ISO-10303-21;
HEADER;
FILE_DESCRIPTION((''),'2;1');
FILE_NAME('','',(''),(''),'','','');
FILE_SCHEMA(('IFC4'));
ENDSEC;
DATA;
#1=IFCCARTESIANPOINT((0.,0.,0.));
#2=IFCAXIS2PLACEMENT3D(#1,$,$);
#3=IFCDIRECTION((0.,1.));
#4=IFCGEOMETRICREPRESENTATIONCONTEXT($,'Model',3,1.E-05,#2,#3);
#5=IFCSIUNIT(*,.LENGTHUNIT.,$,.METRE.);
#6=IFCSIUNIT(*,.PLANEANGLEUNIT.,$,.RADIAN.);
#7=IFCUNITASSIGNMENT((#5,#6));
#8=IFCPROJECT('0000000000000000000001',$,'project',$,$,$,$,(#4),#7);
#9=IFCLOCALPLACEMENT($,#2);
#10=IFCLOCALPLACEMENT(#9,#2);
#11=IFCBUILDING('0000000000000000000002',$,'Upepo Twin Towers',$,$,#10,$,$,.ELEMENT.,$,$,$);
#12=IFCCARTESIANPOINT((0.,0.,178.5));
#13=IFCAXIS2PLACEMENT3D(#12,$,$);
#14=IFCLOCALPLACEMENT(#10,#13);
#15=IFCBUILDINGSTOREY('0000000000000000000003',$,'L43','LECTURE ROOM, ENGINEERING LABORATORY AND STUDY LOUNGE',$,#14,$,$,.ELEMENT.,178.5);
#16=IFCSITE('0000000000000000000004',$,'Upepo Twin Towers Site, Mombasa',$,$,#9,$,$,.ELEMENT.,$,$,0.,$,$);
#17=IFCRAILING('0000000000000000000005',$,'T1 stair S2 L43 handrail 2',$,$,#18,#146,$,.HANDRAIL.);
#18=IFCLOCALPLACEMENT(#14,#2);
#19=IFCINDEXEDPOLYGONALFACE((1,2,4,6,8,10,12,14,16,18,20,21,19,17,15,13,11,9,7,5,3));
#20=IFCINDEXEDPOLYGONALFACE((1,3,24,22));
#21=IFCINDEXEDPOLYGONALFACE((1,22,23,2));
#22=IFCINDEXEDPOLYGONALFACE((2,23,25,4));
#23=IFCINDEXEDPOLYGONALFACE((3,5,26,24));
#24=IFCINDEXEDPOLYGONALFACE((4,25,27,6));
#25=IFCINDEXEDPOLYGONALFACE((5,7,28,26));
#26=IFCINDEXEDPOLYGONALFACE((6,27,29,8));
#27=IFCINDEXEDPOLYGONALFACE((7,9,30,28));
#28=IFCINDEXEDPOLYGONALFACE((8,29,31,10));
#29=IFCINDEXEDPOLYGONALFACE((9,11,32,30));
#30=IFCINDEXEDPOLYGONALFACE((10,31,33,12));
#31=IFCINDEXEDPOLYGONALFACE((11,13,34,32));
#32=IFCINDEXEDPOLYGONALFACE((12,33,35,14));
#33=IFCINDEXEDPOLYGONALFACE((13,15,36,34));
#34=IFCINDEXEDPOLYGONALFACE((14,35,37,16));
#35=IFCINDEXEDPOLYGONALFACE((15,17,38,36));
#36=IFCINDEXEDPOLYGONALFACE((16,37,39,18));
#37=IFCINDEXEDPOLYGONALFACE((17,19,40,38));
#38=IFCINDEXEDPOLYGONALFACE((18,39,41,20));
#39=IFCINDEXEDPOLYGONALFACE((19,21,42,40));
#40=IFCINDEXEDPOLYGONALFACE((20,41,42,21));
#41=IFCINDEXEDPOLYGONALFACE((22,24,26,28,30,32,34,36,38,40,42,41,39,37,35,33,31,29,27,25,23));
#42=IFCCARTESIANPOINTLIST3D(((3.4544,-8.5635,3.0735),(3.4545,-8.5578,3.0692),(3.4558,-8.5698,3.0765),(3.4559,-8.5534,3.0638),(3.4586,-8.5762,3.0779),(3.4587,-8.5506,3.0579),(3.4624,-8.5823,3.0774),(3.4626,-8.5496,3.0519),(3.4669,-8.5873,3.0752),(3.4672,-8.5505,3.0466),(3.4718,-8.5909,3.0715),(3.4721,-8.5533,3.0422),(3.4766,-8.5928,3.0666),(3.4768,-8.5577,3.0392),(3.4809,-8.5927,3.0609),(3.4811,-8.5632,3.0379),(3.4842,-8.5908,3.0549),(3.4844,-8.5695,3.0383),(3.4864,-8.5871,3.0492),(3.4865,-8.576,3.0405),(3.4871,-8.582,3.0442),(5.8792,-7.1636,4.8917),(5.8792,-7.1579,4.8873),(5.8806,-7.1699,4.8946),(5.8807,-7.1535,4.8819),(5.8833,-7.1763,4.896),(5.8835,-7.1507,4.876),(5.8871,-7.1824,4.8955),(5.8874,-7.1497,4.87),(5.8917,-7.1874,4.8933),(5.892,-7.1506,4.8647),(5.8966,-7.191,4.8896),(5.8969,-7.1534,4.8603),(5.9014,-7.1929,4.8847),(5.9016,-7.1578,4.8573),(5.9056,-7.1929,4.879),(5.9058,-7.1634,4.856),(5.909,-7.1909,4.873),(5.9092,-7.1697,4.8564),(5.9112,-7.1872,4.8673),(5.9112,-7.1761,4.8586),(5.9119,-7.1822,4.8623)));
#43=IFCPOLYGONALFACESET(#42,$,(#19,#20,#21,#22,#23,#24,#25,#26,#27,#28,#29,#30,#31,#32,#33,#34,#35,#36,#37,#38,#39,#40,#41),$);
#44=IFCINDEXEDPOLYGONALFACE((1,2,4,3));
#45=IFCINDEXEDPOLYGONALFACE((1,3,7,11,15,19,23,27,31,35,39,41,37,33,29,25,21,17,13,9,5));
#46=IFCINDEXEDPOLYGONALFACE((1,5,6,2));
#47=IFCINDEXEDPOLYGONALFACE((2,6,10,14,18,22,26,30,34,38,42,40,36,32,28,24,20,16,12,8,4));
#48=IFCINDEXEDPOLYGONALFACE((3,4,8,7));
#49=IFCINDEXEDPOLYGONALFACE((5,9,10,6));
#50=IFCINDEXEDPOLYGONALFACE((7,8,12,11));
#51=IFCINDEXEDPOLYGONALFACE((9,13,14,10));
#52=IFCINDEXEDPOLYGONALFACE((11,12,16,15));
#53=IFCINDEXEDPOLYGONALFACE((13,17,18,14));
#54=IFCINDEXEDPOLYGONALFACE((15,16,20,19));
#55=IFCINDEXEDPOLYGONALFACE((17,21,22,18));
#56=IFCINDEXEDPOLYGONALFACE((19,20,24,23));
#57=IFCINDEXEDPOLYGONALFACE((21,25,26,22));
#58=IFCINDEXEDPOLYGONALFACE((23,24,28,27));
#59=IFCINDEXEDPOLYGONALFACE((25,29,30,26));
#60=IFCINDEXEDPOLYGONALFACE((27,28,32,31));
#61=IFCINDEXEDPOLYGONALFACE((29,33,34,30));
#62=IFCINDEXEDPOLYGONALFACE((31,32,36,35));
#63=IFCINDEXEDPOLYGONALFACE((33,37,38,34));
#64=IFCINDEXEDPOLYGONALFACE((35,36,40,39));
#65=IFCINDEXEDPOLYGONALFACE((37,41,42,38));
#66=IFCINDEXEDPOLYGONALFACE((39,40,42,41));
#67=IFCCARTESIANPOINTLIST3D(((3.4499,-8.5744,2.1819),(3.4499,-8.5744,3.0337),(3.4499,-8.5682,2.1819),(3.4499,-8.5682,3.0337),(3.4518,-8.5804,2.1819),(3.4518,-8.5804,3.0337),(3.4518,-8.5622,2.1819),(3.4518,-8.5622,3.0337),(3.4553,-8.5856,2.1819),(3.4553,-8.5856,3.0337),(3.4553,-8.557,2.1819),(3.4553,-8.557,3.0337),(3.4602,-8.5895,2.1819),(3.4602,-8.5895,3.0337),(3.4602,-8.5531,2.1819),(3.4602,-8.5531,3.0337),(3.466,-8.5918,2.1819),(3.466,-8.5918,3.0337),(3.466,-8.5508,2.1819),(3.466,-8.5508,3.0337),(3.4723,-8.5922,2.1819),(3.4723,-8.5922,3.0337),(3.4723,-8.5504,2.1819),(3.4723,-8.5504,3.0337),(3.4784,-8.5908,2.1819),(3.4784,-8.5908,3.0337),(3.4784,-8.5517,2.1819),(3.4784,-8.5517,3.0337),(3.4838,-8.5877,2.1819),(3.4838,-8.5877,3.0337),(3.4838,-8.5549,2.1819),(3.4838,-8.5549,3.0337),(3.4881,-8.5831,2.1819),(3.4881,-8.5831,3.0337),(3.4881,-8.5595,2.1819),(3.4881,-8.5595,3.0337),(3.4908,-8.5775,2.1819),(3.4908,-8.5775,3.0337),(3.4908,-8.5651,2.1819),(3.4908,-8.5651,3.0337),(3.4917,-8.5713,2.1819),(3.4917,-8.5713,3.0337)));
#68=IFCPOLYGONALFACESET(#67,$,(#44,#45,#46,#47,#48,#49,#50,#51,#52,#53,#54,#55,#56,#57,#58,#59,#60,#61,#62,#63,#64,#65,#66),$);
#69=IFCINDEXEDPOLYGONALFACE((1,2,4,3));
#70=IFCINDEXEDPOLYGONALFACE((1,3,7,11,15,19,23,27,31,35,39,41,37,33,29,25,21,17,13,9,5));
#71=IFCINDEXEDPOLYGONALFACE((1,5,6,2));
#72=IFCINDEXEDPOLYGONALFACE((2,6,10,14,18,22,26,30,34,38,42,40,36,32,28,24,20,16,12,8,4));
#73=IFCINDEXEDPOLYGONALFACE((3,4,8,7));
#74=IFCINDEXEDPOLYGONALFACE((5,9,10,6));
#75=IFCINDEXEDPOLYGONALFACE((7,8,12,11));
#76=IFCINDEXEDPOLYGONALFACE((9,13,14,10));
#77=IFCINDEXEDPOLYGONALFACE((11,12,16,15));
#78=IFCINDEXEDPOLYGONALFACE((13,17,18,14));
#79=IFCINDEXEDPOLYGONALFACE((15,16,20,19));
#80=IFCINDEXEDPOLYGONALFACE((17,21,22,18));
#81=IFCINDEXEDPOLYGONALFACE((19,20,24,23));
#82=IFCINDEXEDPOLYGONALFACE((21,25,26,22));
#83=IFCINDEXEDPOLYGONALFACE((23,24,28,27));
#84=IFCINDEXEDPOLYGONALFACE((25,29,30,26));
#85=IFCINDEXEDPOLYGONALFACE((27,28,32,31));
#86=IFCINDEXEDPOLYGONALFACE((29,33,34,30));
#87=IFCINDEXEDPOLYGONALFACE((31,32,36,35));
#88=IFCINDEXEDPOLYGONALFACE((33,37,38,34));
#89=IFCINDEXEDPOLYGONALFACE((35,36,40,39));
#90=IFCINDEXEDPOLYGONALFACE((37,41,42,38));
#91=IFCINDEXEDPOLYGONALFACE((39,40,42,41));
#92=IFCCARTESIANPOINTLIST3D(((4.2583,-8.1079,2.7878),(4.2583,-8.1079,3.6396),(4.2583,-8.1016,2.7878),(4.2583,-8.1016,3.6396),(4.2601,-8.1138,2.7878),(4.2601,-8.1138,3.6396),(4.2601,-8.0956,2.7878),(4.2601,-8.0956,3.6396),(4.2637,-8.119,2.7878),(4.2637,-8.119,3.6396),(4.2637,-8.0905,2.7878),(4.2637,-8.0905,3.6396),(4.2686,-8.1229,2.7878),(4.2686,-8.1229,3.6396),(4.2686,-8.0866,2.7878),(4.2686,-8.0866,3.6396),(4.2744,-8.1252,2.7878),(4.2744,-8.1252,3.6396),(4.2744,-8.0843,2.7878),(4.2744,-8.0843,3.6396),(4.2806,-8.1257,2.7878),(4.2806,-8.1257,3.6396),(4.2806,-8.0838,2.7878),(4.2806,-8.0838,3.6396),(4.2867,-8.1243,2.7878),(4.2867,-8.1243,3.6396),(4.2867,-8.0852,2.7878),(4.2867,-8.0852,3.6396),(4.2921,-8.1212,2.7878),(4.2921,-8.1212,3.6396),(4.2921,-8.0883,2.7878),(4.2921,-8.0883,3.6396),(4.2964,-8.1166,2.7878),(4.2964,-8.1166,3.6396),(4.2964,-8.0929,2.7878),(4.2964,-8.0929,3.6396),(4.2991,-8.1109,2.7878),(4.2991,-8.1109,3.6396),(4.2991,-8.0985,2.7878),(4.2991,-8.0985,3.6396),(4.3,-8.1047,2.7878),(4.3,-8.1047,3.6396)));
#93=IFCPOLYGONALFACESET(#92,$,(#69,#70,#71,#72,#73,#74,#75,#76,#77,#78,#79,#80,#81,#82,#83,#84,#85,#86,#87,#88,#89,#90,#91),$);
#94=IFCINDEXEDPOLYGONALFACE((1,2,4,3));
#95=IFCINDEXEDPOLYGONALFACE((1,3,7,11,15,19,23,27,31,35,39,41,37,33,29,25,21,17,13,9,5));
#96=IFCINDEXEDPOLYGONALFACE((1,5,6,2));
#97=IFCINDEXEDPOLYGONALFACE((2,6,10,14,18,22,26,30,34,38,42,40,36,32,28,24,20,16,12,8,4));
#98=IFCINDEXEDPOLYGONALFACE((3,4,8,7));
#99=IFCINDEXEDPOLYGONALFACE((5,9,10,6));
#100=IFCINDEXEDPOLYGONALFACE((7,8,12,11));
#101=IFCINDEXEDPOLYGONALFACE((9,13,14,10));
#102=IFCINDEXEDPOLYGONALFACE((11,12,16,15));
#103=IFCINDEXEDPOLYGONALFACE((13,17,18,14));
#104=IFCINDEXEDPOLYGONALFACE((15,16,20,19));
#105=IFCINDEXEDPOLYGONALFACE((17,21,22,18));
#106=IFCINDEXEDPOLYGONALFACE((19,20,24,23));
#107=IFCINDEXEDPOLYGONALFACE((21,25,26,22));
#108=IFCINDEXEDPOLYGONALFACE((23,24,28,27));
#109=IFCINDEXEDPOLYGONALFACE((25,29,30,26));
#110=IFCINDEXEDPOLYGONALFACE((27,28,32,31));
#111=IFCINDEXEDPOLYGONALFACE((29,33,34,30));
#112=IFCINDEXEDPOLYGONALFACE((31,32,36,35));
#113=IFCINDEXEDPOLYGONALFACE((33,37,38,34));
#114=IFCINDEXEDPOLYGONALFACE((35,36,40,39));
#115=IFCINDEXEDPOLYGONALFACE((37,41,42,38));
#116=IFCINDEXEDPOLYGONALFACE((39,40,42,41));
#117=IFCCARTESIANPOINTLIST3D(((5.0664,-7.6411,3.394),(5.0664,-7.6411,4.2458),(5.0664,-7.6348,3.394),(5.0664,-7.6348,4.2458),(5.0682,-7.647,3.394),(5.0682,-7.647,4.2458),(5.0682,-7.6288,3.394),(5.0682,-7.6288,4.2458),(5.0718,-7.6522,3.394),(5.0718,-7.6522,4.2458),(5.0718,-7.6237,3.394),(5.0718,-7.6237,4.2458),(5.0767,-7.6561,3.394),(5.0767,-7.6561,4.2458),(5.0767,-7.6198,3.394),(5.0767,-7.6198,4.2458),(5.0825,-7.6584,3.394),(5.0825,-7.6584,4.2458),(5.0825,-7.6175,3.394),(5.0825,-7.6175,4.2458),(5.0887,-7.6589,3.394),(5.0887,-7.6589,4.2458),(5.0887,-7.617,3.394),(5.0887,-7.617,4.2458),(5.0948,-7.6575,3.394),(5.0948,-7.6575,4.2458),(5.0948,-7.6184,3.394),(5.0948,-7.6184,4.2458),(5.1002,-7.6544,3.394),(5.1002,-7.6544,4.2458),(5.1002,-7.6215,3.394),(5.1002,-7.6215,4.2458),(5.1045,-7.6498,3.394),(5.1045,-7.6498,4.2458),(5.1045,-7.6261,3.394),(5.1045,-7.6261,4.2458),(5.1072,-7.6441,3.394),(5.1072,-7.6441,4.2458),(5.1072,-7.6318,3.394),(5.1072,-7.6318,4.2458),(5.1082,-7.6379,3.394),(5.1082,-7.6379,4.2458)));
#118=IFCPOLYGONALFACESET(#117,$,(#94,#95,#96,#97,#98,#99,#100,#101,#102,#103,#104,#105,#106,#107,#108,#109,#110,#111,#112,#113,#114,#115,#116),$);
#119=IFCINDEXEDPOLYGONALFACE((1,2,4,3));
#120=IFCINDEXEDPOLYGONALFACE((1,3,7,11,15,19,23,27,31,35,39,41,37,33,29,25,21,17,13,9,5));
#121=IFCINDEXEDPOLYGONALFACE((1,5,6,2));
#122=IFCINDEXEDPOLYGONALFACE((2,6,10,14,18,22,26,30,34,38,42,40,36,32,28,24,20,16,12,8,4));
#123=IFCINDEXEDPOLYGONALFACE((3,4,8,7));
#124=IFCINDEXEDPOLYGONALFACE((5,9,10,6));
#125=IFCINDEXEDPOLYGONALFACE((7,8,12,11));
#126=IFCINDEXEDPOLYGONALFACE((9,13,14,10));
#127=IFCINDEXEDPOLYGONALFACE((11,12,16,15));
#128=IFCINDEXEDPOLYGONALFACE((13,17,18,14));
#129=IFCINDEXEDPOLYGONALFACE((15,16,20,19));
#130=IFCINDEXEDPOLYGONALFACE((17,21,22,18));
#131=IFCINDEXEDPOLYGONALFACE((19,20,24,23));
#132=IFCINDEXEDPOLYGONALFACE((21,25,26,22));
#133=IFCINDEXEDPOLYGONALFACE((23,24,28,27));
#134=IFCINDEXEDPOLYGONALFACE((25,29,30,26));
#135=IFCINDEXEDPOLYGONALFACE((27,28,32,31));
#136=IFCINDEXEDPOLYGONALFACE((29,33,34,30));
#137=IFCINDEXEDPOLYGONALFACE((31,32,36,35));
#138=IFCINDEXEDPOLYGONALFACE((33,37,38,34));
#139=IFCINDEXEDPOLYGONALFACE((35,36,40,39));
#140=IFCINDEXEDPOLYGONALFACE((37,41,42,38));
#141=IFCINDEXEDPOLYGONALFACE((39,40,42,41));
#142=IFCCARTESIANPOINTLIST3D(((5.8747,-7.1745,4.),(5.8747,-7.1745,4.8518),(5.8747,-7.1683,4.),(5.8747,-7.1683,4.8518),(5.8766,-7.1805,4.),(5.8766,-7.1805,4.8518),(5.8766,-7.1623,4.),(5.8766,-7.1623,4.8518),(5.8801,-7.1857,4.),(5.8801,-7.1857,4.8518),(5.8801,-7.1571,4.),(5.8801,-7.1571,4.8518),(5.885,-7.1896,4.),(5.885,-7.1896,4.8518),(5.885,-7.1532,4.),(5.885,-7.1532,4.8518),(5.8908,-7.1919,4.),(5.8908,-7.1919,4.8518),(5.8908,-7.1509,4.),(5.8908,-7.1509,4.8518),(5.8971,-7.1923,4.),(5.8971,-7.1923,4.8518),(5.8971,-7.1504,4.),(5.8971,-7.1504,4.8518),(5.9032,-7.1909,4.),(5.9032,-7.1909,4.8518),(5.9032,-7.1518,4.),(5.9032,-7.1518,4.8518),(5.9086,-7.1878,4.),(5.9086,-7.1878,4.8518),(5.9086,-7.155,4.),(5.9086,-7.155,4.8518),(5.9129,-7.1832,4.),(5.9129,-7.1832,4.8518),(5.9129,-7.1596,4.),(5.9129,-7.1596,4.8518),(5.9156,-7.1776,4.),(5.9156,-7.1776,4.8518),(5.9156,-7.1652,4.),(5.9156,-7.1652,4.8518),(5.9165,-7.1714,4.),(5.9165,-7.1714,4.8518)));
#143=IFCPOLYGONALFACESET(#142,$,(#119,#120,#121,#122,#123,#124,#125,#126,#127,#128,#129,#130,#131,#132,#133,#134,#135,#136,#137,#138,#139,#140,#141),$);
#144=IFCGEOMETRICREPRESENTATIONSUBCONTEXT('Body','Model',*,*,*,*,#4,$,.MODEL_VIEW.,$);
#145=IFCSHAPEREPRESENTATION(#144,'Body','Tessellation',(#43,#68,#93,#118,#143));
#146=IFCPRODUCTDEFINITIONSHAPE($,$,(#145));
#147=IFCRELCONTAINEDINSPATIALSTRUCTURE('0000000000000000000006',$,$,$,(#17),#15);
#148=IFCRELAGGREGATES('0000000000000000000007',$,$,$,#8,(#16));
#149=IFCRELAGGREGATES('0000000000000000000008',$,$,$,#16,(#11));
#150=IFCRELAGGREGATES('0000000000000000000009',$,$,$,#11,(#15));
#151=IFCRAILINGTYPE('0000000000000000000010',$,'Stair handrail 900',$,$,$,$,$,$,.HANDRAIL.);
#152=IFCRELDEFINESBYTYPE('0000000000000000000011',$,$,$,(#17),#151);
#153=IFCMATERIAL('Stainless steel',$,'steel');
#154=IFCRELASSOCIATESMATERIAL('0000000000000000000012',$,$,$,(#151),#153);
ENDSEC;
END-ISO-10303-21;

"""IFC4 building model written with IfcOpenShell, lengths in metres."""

from ifc_helpers import new_model, si_unit, direction, frame, origin, origin_2d, place, context, subcontext, project, spatial, circle, extrude, material, type_object, element, save


model = new_model("IFC4")

# Units and contexts
model_context = context("Model", 3, precision=1e-05, world=origin(), true_north=direction((0.0, 1.0)))
body_context = subcontext(model_context, "Body", "Model", "MODEL_VIEW")
ifc_project = project(units=[si_unit("LENGTHUNIT", "METRE"), si_unit("PLANEANGLEUNIT", "RADIAN")], contexts=[model_context])

# Site, building, storey
site_placement = place(None, origin())
site = spatial("IfcSite", under=ifc_project, at=site_placement, Name="Upepo Twin Towers Site, Mombasa", CompositionType="ELEMENT", RefElevation=0.0)
building_placement = place(site_placement, origin())
building = spatial("IfcBuilding", under=site, at=building_placement, Name="Upepo Twin Towers", CompositionType="ELEMENT")
storey_placement = place(building_placement, frame((0.0, 0.0, 178.5)))
storey = spatial("IfcBuildingStorey", under=building, at=storey_placement, Name="L43", Description="LECTURE ROOM, ENGINEERING LABORATORY AND STUDY LOUNGE", CompositionType="ELEMENT", Elevation=178.5)

# Railing
ifc_material_1 = material(Name="Stainless steel", Category="steel")
railing_type = type_object("IfcRailingType", Name="Stair handrail 900", PredefinedType="HANDRAIL", material=ifc_material_1)
railing_1_placement = place(storey_placement, frame((3.4707, -8.5713, 2.1819)))
element("IfcRailing", 1, at=railing_1_placement, inside=storey, type_object=railing_type, Name="T1 stair S2 L43 handrail 2", PredefinedType="HANDRAIL", context=body_context, shape_type="SweptSolid", body=[
    extrude(circle(Radius=0.0239, at=origin_2d()), frame((0.0, 0.0, 0.876), z_axis=(0.726336, 0.419333, 0.544606), x_axis=(-0.499984, 0.866035, 0.0)), (0.0, 0.0, 1.0), 3.3384),
    extrude(circle(Radius=0.021, at=origin_2d()), origin(), (0.0, 0.0, 1.0), 0.8518),
    extrude(circle(Radius=0.021, at=origin_2d()), frame((0.8083, 0.4666, 0.606)), (0.0, 0.0, 1.0), 0.8518),
    extrude(circle(Radius=0.021, at=origin_2d()), frame((1.6165, 0.9333, 1.2122)), (0.0, 0.0, 1.0), 0.8518),
    extrude(circle(Radius=0.021, at=origin_2d()), frame((2.4248, 1.3999, 1.8181)), (0.0, 0.0, 1.0), 0.8518),
])

save(model, "model.ifc")
